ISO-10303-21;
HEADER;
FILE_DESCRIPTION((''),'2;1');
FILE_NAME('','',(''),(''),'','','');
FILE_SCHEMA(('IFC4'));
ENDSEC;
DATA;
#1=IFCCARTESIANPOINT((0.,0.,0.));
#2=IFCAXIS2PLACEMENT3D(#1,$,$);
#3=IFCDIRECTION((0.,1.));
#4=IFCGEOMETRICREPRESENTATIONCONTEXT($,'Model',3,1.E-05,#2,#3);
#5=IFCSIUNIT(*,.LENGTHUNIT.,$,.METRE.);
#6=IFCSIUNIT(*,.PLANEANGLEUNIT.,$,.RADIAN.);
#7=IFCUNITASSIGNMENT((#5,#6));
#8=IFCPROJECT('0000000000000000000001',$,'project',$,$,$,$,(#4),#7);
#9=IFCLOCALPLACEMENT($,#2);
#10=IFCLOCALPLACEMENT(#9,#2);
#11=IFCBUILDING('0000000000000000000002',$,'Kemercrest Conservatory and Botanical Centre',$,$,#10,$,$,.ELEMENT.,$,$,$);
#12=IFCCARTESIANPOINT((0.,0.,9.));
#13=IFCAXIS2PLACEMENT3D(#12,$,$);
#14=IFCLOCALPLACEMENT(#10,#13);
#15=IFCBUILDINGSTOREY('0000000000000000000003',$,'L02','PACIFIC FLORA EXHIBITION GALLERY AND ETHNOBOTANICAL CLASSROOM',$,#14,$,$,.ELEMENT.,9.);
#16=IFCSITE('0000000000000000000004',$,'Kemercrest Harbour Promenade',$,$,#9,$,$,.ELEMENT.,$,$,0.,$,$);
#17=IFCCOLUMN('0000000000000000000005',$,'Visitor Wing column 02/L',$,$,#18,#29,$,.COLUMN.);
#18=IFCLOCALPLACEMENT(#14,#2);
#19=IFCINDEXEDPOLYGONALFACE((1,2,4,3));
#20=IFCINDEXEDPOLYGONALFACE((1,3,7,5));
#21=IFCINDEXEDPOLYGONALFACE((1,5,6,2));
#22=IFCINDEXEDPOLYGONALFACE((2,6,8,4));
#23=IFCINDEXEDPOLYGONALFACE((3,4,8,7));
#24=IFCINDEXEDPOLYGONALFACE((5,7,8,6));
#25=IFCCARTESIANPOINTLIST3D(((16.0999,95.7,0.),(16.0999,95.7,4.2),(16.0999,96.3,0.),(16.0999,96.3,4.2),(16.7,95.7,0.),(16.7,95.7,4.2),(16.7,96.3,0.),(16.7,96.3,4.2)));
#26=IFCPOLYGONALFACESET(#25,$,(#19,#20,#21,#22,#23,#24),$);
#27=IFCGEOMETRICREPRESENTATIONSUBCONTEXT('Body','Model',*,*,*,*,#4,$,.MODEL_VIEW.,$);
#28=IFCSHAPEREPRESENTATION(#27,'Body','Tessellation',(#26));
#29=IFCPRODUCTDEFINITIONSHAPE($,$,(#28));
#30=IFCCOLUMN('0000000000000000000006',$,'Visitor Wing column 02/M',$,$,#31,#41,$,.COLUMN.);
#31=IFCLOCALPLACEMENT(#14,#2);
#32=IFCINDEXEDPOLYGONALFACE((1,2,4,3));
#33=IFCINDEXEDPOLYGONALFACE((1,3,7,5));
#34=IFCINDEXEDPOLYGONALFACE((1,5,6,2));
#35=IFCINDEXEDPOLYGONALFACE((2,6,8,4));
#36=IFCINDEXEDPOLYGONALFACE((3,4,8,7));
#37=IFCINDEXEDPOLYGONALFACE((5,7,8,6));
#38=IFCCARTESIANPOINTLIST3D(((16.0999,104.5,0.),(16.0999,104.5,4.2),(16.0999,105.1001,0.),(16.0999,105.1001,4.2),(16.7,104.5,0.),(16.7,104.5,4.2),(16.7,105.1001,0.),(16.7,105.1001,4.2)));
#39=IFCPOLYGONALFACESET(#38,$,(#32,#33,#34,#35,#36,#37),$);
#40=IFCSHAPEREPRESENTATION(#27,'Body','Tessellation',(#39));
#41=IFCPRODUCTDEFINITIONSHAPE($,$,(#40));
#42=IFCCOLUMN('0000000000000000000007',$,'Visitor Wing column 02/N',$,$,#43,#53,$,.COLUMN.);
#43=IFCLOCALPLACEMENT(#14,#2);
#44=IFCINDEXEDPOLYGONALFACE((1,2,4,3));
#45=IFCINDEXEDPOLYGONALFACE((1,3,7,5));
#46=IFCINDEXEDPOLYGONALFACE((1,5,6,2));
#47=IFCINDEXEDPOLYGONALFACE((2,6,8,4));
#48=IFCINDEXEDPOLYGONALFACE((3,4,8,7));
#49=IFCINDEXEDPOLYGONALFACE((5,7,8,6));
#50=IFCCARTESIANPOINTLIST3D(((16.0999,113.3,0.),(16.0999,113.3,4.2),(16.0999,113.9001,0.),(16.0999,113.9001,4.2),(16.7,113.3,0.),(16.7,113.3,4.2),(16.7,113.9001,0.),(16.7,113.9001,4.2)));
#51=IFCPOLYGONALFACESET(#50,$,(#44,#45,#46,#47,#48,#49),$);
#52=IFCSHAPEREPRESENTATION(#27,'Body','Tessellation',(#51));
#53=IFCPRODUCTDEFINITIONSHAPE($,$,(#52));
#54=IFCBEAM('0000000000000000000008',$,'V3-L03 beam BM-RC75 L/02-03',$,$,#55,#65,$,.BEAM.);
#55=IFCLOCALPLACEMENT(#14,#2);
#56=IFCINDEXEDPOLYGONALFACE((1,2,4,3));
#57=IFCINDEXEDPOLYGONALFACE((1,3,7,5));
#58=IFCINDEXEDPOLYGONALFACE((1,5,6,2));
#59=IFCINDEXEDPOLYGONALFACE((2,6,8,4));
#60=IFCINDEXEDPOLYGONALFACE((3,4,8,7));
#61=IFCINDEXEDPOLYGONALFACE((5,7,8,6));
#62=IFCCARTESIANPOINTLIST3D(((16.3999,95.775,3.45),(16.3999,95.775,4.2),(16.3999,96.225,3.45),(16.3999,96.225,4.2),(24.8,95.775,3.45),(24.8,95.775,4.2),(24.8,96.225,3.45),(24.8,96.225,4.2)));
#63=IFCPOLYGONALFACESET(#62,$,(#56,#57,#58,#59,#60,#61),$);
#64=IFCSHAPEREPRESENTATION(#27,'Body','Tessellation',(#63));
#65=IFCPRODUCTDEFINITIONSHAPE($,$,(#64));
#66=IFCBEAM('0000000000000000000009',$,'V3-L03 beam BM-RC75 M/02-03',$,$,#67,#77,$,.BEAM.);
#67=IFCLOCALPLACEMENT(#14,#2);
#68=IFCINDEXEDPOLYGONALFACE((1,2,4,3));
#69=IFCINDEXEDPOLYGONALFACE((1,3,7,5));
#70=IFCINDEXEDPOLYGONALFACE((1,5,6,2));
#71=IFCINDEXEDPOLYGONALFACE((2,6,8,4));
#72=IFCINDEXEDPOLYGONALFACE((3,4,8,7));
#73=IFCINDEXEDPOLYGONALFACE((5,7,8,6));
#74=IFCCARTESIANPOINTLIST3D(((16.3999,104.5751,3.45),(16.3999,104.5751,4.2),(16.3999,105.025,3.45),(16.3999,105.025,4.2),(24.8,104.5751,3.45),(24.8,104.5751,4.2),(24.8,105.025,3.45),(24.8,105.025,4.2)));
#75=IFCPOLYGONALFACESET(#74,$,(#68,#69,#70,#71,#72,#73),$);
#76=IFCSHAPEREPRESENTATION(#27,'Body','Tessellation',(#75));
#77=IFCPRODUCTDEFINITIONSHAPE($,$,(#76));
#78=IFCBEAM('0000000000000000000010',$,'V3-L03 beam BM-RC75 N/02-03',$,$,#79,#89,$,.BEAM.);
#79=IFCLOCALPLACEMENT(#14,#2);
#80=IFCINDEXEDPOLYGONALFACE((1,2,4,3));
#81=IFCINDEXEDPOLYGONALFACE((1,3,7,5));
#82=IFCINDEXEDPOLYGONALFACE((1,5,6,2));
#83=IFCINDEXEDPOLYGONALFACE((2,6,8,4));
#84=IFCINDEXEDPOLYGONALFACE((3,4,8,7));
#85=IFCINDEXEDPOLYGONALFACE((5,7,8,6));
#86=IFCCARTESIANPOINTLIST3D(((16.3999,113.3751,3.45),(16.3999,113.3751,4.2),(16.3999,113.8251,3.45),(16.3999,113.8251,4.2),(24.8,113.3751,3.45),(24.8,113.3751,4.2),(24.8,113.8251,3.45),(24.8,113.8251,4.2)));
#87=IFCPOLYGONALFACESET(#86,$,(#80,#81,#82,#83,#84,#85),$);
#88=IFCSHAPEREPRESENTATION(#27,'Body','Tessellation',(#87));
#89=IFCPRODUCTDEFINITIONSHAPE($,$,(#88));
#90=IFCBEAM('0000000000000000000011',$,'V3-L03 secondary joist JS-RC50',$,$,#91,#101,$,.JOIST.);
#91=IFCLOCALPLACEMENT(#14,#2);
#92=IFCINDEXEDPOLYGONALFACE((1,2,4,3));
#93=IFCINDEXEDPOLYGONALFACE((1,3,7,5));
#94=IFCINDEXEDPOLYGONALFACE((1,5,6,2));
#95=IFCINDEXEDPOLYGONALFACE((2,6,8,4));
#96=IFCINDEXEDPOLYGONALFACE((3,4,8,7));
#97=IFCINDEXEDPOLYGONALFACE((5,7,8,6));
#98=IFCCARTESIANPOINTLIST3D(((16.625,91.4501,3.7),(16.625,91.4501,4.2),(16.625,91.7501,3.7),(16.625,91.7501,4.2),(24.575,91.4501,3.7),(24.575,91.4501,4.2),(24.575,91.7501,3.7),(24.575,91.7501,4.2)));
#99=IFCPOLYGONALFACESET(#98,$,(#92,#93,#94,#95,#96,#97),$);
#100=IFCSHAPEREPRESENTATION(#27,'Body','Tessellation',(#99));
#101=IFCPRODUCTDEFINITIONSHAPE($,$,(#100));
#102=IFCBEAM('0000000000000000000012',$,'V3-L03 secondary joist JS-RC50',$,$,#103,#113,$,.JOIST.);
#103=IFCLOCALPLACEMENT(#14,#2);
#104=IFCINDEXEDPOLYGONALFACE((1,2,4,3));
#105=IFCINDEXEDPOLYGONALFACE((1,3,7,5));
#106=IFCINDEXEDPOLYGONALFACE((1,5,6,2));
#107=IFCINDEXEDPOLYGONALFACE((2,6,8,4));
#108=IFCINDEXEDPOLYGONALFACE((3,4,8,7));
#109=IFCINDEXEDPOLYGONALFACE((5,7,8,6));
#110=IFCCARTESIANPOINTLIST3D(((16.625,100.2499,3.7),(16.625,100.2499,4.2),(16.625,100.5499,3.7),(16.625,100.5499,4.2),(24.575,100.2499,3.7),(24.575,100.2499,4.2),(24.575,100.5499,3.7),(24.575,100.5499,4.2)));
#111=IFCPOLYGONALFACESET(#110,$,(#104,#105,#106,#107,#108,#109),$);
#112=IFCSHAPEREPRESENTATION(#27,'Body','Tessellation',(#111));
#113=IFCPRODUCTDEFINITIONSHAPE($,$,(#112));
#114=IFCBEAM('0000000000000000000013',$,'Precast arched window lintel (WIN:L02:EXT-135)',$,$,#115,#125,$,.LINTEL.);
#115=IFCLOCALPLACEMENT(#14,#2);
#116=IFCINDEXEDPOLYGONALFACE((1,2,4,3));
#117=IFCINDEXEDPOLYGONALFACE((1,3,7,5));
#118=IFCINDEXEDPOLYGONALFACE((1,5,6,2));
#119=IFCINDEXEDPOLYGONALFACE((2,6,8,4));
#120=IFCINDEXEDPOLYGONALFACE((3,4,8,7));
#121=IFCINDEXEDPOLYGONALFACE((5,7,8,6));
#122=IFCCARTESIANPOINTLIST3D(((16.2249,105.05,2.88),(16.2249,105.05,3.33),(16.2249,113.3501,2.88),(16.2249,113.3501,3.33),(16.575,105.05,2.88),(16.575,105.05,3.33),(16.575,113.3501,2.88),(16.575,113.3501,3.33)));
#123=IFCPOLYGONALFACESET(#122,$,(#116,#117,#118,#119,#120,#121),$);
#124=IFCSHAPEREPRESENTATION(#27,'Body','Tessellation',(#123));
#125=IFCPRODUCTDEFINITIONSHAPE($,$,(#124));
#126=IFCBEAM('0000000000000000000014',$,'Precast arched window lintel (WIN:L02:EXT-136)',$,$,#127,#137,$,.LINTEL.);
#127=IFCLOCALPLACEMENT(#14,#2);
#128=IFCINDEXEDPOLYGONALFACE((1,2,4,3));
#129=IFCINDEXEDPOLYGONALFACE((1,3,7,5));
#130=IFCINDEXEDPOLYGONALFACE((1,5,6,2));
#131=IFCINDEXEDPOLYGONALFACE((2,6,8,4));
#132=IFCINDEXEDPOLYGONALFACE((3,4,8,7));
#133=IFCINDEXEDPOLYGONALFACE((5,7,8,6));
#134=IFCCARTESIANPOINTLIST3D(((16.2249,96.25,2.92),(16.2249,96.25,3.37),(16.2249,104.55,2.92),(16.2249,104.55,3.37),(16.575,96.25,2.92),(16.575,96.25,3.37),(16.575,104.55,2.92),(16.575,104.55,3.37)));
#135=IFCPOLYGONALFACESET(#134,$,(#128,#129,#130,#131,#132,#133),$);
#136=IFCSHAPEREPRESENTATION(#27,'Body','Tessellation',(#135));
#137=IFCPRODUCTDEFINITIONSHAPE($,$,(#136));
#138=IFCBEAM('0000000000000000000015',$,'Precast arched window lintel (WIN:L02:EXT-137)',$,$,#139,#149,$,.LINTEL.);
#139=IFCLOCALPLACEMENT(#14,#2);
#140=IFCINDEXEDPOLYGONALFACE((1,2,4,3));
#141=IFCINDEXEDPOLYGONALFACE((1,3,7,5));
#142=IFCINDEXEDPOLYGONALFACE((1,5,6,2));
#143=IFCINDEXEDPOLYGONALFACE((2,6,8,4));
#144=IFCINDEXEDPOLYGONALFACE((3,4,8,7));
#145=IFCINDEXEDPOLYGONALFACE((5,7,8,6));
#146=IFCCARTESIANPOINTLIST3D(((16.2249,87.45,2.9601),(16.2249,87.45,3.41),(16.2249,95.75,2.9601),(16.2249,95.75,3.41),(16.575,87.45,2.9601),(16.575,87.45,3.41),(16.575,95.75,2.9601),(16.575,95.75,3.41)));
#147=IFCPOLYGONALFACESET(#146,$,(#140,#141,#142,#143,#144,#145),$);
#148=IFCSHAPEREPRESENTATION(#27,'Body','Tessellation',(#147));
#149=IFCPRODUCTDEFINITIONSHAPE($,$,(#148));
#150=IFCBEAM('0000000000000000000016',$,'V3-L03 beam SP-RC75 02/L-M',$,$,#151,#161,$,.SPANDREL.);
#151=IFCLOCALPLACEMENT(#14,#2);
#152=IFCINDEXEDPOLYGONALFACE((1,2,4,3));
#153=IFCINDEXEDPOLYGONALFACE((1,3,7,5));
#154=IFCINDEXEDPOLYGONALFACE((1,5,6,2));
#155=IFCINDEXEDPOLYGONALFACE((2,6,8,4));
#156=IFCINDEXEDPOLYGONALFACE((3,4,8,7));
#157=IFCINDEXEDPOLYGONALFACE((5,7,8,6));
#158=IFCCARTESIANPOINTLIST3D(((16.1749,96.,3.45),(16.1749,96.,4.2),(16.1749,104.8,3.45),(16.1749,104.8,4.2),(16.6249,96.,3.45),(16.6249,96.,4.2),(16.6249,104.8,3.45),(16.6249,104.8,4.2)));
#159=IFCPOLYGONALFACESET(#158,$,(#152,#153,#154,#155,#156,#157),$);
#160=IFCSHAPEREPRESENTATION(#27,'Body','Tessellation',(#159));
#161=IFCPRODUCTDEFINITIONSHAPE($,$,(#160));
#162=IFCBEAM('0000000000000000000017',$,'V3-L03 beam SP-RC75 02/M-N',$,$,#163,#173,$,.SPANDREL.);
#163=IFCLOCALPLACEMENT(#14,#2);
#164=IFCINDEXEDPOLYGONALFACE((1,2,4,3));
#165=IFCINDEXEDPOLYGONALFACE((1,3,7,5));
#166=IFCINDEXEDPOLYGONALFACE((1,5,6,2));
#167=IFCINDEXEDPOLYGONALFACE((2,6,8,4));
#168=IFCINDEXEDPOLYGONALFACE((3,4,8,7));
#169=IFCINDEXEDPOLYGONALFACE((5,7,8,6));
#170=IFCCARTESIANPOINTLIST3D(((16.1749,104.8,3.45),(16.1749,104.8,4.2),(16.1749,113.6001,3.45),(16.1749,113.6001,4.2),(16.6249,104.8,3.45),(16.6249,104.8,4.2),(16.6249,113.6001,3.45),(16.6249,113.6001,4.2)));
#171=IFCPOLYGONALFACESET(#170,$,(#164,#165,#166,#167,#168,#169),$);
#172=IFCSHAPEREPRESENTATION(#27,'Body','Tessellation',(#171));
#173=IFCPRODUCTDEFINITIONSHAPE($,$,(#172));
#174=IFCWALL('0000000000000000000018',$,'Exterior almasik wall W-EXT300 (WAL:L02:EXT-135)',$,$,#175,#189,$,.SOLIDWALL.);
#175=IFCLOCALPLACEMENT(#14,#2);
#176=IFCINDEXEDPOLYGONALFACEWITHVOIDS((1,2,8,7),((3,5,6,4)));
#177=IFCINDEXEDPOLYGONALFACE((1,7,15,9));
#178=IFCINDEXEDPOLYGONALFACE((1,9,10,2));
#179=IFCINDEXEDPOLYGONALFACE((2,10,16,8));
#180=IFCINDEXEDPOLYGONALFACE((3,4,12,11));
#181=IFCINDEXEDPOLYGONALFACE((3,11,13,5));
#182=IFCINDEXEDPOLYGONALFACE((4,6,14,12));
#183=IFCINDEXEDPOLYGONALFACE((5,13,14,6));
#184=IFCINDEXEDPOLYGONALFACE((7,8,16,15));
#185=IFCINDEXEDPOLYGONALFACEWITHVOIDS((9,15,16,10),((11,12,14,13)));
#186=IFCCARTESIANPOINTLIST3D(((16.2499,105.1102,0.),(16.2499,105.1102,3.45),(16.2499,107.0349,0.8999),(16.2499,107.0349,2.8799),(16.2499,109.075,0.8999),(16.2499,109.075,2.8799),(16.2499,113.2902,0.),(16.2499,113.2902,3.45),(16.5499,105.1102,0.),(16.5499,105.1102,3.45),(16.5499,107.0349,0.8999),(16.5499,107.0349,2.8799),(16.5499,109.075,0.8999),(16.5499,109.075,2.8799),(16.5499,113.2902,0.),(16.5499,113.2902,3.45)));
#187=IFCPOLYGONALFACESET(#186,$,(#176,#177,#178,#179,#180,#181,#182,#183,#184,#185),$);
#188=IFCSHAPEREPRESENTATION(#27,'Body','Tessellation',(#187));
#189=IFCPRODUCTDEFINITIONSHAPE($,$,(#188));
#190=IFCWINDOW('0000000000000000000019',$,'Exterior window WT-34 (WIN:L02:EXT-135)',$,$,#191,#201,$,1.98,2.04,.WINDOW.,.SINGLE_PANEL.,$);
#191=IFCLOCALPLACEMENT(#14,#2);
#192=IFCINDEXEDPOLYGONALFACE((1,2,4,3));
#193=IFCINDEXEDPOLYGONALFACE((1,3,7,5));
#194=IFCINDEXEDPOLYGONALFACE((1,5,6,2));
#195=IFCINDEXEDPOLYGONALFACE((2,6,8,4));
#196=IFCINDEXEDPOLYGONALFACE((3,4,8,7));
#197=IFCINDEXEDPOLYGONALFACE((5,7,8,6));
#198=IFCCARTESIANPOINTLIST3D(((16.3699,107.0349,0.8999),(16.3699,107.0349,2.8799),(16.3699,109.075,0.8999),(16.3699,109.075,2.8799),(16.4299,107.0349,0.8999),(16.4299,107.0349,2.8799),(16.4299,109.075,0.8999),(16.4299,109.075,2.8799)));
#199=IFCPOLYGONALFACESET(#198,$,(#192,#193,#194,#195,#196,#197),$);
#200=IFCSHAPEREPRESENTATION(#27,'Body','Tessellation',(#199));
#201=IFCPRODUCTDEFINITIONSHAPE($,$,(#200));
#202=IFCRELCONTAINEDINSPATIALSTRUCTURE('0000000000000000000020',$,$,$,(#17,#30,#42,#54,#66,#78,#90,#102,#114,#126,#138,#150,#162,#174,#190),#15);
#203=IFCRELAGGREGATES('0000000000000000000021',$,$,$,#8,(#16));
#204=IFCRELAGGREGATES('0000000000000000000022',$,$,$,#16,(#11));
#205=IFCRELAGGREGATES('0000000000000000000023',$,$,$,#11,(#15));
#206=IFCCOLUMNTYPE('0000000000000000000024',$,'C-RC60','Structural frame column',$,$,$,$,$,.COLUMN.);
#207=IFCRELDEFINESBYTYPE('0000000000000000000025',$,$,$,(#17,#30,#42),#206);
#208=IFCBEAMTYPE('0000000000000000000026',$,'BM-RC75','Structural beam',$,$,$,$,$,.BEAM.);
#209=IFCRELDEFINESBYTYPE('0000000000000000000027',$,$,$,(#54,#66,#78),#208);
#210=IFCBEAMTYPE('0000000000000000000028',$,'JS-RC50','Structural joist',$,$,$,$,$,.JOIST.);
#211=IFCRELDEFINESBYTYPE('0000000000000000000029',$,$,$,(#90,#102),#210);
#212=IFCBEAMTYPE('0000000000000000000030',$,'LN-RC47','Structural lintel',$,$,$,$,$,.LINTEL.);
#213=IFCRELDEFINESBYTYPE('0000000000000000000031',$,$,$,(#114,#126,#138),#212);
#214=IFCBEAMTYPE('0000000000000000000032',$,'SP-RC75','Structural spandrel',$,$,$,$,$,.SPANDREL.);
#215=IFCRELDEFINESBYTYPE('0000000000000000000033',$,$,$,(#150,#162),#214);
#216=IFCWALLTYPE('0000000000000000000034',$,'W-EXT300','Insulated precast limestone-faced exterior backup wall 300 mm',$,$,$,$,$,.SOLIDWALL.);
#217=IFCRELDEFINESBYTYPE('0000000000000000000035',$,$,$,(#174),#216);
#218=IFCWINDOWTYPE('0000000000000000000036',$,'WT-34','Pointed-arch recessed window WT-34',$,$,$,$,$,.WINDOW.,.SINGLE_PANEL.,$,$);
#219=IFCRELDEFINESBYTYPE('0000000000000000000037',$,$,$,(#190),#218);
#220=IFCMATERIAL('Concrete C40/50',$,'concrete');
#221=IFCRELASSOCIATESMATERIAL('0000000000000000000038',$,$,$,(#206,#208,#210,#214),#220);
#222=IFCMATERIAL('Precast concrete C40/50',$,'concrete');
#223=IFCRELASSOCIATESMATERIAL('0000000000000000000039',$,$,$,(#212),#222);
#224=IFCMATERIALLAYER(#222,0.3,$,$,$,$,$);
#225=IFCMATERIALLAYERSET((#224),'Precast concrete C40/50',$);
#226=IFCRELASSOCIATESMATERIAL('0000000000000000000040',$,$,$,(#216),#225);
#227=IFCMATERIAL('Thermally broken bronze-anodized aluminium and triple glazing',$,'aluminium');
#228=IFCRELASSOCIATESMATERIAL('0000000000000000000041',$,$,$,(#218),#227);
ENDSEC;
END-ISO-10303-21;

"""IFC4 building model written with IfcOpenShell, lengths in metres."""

from ifc_helpers import new_model, si_unit, direction, frame, frame_2d, origin, origin_2d, place, context, subcontext, project, spatial, rectangle, extrude, material, layer, layer_set, material_profile, profile_set, type_object, element, fill, save


model = new_model("IFC4")

# Units and contexts
model_context = context("Model", 3, precision=1e-05, world=origin(), true_north=direction((0.0, 1.0)))
body_context = subcontext(model_context, "Body", "Model", "MODEL_VIEW")
ifc_project = project(units=[si_unit("LENGTHUNIT", "METRE"), si_unit("PLANEANGLEUNIT", "RADIAN")], contexts=[model_context])

# Site, building, storey
site_placement = place(None, origin())
site = spatial("IfcSite", under=ifc_project, at=site_placement, Name="Kemercrest Harbour Promenade", CompositionType="ELEMENT", RefElevation=0.0)
building_placement = place(site_placement, origin())
building = spatial("IfcBuilding", under=site, at=building_placement, Name="Kemercrest Conservatory and Botanical Centre", CompositionType="ELEMENT")
storey_placement = place(building_placement, frame((0.0, 0.0, 9.0)))
storey = spatial("IfcBuildingStorey", under=building, at=storey_placement, Name="L02", Description="PACIFIC FLORA EXHIBITION GALLERY AND ETHNOBOTANICAL CLASSROOM", CompositionType="ELEMENT", Elevation=9.0)

# Columns
ifc_material_1 = material(Name="Concrete C40/50", Category="concrete")
ifc_material_profile_1 = material_profile(ifc_material_1, rectangle(XDim=0.6001, YDim=0.6001, at=origin_2d()), Name="RC 600x600")
ifc_profile_set_1 = profile_set([ifc_material_profile_1], Name="Concrete C40/50")
column_type = type_object("IfcColumnType", Name="C-RC60", Description="Structural frame column", PredefinedType="COLUMN", material=ifc_profile_set_1)
for number, where, z_axis, x_axis, name in (
    (1, (16.3999, 96.0, 0.0), (0.0, 0.0, 1.0), (1.0, 0.0, 0.0), "Visitor Wing column 02/L"),
    (2, (16.3999, 104.8, 0.0), (0.0, 0.0, 1.0), (1.0, 0.0, 0.0), "Visitor Wing column 02/M"),
    (3, (16.3999, 113.6001, 0.0), (0.0, 0.0, 1.0), (1.0, 0.0, 0.0), "Visitor Wing column 02/N"),
):
    element("IfcColumn", number, at=place(storey_placement, frame(where, z_axis=z_axis, x_axis=x_axis)), inside=storey, type_object=column_type, Name=name, PredefinedType="COLUMN", context=body_context, shape_type="SweptSolid", body=[
        extrude(rectangle(XDim=0.6001, YDim=0.6001, at=origin_2d()), origin(), (0.0, 0.0, 1.0), 4.2),
    ])

# Beams
ifc_material_profile_2 = material_profile(ifc_material_1, rectangle(XDim=0.45, YDim=0.75, at=origin_2d()), Name="RC 450x750")
ifc_profile_set_2 = profile_set([ifc_material_profile_2], Name="Concrete C40/50")
beam_type_1 = type_object("IfcBeamType", Name="BM-RC75", Description="Structural beam", PredefinedType="BEAM", material=ifc_profile_set_2)
for number, where, z_axis, x_axis, name in (
    (4, (16.3999, 96.0, 3.825), (1.0, 0.0, 0.0), (0.0, 1.0, 0.0), "V3-L03 beam BM-RC75 L/02-03"),
    (5, (16.3999, 104.8, 3.825), (1.0, 0.0, 0.0), (0.0, 1.0, 0.0), "V3-L03 beam BM-RC75 M/02-03"),
    (6, (16.3999, 113.6001, 3.825), (1.0, 0.0, 0.0), (0.0, 1.0, 0.0), "V3-L03 beam BM-RC75 N/02-03"),
):
    element("IfcBeam", number, at=place(storey_placement, frame(where, z_axis=z_axis, x_axis=x_axis)), inside=storey, type_object=beam_type_1, Name=name, PredefinedType="BEAM", context=body_context, shape_type="SweptSolid", body=[
        extrude(rectangle(XDim=0.45, YDim=0.75, at=origin_2d()), origin(), (0.0, 0.0, 1.0), 8.4001),
    ])
ifc_material_profile_3 = material_profile(ifc_material_1, rectangle(XDim=0.3, YDim=0.5, at=origin_2d()), Name="RC 300x500")
ifc_profile_set_3 = profile_set([ifc_material_profile_3], Name="Concrete C40/50")
beam_type_2 = type_object("IfcBeamType", Name="JS-RC50", Description="Structural joist", PredefinedType="JOIST", material=ifc_profile_set_3)
for number, where, z_axis, x_axis, name in (
    (7, (16.625, 91.6001, 3.95), (1.0, 0.0, 0.0), (0.0, 1.0, 0.0), "V3-L03 secondary joist JS-RC50"),
    (8, (16.625, 100.3999, 3.95), (1.0, 0.0, 0.0), (0.0, 1.0, 0.0), "V3-L03 secondary joist JS-RC50"),
):
    element("IfcBeam", number, at=place(storey_placement, frame(where, z_axis=z_axis, x_axis=x_axis)), inside=storey, type_object=beam_type_2, Name=name, PredefinedType="JOIST", context=body_context, shape_type="SweptSolid", body=[
        extrude(rectangle(XDim=0.3, YDim=0.5, at=origin_2d()), origin(), (0.0, 0.0, 1.0), 7.95),
    ])
ifc_material_2 = material(Name="Precast concrete C40/50", Category="concrete")
ifc_material_profile_4 = material_profile(ifc_material_2, rectangle(XDim=0.3501, YDim=0.45, at=origin_2d()), Name="RC 350x450")
ifc_profile_set_4 = profile_set([ifc_material_profile_4], Name="Precast concrete C40/50")
beam_type_3 = type_object("IfcBeamType", Name="LN-RC47", Description="Structural lintel", PredefinedType="LINTEL", material=ifc_profile_set_4)
for number, where, z_axis, x_axis, name in (
    (9, (16.3999, 113.3501, 3.105), (0.0, -1.0, 0.0), (1.0, 0.0, 0.0), "Precast arched window lintel (WIN:L02:EXT-135)"),
    (10, (16.3999, 104.55, 3.145), (0.0, -1.0, 0.0), (1.0, 0.0, 0.0), "Precast arched window lintel (WIN:L02:EXT-136)"),
    (11, (16.3999, 95.75, 3.1851), (0.0, -1.0, 0.0), (1.0, 0.0, 0.0), "Precast arched window lintel (WIN:L02:EXT-137)"),
):
    element("IfcBeam", number, at=place(storey_placement, frame(where, z_axis=z_axis, x_axis=x_axis)), inside=storey, type_object=beam_type_3, Name=name, PredefinedType="LINTEL", context=body_context, shape_type="SweptSolid", body=[
        extrude(rectangle(XDim=0.3501, YDim=0.45, at=origin_2d()), origin(), (0.0, 0.0, 1.0), 8.3),
    ])
ifc_material_profile_5 = material_profile(ifc_material_1, rectangle(XDim=0.45, YDim=0.75, at=origin_2d()), Name="RC 450x750")
ifc_profile_set_5 = profile_set([ifc_material_profile_5], Name="Concrete C40/50")
beam_type_4 = type_object("IfcBeamType", Name="SP-RC75", Description="Structural spandrel", PredefinedType="SPANDREL", material=ifc_profile_set_5)
for number, where, z_axis, x_axis, name in (
    (12, (16.3999, 96.0, 3.825), (0.0, 1.0, 0.0), (-1.0, 0.0, 0.0), "V3-L03 beam SP-RC75 02/L-M"),
    (13, (16.3999, 104.8, 3.825), (0.0, 1.0, 0.0), (-1.0, 0.0, 0.0), "V3-L03 beam SP-RC75 02/M-N"),
):
    element("IfcBeam", number, at=place(storey_placement, frame(where, z_axis=z_axis, x_axis=x_axis)), inside=storey, type_object=beam_type_4, Name=name, PredefinedType="SPANDREL", context=body_context, shape_type="SweptSolid", body=[
        extrude(rectangle(XDim=0.45, YDim=0.75, at=origin_2d()), origin(), (0.0, 0.0, 1.0), 8.8),
    ])

# Wall, opening, window
ifc_layer_1 = layer(ifc_material_2, 0.3)
ifc_layer_set_1 = layer_set([ifc_layer_1], Name="Precast concrete C40/50")
wall_type_1 = type_object("IfcWallType", Name="W-EXT300", Description="Insulated precast limestone-faced exterior backup wall 300 mm", PredefinedType="SOLIDWALL", material=ifc_layer_set_1)
wall_1_placement = place(storey_placement, frame((16.3999, 113.29, 0.0), z_axis=(0.0, 0.0, 1.0), x_axis=(0.0, -1.0, 0.0)))
wall_1 = element("IfcWall", 14, at=wall_1_placement, inside=storey, type_object=wall_type_1, Name="Exterior almasik wall W-EXT300 (WAL:L02:EXT-135)", PredefinedType="SOLIDWALL", context=body_context, shape_type="SweptSolid", body=[
    extrude(rectangle(XDim=8.1799, YDim=0.3, at=frame_2d((4.0898, 0.0))), origin(), (0.0, 0.0, 1.0), 3.45),
])
opening_1_placement = place(wall_1_placement, frame((4.2151, 0.0, 0.8999)))
opening_1 = element("IfcOpeningElement", 15, at=opening_1_placement, cuts=wall_1, PredefinedType="OPENING", context=body_context, shape_type="SweptSolid", body=[
    extrude(rectangle(XDim=2.04, YDim=1.98, at=frame_2d((1.02, 0.99))), frame((0.0, 0.1602, 0.0), z_axis=(0.0, -1.0, 0.0), x_axis=(1.0, 0.0, 0.0)), (0.0, 0.0, 1.0), 0.3201),
])
ifc_material_3 = material(Name="Thermally broken bronze-anodized aluminium and triple glazing", Category="aluminium")
window_type_1 = type_object("IfcWindowType", Name="WT-34", Description="Pointed-arch recessed window WT-34", PartitioningType="SINGLE_PANEL", PredefinedType="WINDOW", material=ifc_material_3)
window_1_placement = place(opening_1_placement, origin())
window_1 = element("IfcWindow", 16, at=window_1_placement, inside=storey, type_object=window_type_1, Name="Exterior window WT-34 (WIN:L02:EXT-135)", OverallHeight=1.98, OverallWidth=2.04, PartitioningType="SINGLE_PANEL", PredefinedType="WINDOW", context=body_context, shape_type="SweptSolid", body=[
    extrude(rectangle(XDim=2.04, YDim=1.98, at=frame_2d((1.02, 0.99))), frame((0.0, 0.03, 0.0), z_axis=(0.0, -1.0, 0.0), x_axis=(1.0, 0.0, 0.0)), (0.0, 0.0, 1.0), 0.0601),
])
fill(opening_1, window_1)

save(model, "model.ifc")
